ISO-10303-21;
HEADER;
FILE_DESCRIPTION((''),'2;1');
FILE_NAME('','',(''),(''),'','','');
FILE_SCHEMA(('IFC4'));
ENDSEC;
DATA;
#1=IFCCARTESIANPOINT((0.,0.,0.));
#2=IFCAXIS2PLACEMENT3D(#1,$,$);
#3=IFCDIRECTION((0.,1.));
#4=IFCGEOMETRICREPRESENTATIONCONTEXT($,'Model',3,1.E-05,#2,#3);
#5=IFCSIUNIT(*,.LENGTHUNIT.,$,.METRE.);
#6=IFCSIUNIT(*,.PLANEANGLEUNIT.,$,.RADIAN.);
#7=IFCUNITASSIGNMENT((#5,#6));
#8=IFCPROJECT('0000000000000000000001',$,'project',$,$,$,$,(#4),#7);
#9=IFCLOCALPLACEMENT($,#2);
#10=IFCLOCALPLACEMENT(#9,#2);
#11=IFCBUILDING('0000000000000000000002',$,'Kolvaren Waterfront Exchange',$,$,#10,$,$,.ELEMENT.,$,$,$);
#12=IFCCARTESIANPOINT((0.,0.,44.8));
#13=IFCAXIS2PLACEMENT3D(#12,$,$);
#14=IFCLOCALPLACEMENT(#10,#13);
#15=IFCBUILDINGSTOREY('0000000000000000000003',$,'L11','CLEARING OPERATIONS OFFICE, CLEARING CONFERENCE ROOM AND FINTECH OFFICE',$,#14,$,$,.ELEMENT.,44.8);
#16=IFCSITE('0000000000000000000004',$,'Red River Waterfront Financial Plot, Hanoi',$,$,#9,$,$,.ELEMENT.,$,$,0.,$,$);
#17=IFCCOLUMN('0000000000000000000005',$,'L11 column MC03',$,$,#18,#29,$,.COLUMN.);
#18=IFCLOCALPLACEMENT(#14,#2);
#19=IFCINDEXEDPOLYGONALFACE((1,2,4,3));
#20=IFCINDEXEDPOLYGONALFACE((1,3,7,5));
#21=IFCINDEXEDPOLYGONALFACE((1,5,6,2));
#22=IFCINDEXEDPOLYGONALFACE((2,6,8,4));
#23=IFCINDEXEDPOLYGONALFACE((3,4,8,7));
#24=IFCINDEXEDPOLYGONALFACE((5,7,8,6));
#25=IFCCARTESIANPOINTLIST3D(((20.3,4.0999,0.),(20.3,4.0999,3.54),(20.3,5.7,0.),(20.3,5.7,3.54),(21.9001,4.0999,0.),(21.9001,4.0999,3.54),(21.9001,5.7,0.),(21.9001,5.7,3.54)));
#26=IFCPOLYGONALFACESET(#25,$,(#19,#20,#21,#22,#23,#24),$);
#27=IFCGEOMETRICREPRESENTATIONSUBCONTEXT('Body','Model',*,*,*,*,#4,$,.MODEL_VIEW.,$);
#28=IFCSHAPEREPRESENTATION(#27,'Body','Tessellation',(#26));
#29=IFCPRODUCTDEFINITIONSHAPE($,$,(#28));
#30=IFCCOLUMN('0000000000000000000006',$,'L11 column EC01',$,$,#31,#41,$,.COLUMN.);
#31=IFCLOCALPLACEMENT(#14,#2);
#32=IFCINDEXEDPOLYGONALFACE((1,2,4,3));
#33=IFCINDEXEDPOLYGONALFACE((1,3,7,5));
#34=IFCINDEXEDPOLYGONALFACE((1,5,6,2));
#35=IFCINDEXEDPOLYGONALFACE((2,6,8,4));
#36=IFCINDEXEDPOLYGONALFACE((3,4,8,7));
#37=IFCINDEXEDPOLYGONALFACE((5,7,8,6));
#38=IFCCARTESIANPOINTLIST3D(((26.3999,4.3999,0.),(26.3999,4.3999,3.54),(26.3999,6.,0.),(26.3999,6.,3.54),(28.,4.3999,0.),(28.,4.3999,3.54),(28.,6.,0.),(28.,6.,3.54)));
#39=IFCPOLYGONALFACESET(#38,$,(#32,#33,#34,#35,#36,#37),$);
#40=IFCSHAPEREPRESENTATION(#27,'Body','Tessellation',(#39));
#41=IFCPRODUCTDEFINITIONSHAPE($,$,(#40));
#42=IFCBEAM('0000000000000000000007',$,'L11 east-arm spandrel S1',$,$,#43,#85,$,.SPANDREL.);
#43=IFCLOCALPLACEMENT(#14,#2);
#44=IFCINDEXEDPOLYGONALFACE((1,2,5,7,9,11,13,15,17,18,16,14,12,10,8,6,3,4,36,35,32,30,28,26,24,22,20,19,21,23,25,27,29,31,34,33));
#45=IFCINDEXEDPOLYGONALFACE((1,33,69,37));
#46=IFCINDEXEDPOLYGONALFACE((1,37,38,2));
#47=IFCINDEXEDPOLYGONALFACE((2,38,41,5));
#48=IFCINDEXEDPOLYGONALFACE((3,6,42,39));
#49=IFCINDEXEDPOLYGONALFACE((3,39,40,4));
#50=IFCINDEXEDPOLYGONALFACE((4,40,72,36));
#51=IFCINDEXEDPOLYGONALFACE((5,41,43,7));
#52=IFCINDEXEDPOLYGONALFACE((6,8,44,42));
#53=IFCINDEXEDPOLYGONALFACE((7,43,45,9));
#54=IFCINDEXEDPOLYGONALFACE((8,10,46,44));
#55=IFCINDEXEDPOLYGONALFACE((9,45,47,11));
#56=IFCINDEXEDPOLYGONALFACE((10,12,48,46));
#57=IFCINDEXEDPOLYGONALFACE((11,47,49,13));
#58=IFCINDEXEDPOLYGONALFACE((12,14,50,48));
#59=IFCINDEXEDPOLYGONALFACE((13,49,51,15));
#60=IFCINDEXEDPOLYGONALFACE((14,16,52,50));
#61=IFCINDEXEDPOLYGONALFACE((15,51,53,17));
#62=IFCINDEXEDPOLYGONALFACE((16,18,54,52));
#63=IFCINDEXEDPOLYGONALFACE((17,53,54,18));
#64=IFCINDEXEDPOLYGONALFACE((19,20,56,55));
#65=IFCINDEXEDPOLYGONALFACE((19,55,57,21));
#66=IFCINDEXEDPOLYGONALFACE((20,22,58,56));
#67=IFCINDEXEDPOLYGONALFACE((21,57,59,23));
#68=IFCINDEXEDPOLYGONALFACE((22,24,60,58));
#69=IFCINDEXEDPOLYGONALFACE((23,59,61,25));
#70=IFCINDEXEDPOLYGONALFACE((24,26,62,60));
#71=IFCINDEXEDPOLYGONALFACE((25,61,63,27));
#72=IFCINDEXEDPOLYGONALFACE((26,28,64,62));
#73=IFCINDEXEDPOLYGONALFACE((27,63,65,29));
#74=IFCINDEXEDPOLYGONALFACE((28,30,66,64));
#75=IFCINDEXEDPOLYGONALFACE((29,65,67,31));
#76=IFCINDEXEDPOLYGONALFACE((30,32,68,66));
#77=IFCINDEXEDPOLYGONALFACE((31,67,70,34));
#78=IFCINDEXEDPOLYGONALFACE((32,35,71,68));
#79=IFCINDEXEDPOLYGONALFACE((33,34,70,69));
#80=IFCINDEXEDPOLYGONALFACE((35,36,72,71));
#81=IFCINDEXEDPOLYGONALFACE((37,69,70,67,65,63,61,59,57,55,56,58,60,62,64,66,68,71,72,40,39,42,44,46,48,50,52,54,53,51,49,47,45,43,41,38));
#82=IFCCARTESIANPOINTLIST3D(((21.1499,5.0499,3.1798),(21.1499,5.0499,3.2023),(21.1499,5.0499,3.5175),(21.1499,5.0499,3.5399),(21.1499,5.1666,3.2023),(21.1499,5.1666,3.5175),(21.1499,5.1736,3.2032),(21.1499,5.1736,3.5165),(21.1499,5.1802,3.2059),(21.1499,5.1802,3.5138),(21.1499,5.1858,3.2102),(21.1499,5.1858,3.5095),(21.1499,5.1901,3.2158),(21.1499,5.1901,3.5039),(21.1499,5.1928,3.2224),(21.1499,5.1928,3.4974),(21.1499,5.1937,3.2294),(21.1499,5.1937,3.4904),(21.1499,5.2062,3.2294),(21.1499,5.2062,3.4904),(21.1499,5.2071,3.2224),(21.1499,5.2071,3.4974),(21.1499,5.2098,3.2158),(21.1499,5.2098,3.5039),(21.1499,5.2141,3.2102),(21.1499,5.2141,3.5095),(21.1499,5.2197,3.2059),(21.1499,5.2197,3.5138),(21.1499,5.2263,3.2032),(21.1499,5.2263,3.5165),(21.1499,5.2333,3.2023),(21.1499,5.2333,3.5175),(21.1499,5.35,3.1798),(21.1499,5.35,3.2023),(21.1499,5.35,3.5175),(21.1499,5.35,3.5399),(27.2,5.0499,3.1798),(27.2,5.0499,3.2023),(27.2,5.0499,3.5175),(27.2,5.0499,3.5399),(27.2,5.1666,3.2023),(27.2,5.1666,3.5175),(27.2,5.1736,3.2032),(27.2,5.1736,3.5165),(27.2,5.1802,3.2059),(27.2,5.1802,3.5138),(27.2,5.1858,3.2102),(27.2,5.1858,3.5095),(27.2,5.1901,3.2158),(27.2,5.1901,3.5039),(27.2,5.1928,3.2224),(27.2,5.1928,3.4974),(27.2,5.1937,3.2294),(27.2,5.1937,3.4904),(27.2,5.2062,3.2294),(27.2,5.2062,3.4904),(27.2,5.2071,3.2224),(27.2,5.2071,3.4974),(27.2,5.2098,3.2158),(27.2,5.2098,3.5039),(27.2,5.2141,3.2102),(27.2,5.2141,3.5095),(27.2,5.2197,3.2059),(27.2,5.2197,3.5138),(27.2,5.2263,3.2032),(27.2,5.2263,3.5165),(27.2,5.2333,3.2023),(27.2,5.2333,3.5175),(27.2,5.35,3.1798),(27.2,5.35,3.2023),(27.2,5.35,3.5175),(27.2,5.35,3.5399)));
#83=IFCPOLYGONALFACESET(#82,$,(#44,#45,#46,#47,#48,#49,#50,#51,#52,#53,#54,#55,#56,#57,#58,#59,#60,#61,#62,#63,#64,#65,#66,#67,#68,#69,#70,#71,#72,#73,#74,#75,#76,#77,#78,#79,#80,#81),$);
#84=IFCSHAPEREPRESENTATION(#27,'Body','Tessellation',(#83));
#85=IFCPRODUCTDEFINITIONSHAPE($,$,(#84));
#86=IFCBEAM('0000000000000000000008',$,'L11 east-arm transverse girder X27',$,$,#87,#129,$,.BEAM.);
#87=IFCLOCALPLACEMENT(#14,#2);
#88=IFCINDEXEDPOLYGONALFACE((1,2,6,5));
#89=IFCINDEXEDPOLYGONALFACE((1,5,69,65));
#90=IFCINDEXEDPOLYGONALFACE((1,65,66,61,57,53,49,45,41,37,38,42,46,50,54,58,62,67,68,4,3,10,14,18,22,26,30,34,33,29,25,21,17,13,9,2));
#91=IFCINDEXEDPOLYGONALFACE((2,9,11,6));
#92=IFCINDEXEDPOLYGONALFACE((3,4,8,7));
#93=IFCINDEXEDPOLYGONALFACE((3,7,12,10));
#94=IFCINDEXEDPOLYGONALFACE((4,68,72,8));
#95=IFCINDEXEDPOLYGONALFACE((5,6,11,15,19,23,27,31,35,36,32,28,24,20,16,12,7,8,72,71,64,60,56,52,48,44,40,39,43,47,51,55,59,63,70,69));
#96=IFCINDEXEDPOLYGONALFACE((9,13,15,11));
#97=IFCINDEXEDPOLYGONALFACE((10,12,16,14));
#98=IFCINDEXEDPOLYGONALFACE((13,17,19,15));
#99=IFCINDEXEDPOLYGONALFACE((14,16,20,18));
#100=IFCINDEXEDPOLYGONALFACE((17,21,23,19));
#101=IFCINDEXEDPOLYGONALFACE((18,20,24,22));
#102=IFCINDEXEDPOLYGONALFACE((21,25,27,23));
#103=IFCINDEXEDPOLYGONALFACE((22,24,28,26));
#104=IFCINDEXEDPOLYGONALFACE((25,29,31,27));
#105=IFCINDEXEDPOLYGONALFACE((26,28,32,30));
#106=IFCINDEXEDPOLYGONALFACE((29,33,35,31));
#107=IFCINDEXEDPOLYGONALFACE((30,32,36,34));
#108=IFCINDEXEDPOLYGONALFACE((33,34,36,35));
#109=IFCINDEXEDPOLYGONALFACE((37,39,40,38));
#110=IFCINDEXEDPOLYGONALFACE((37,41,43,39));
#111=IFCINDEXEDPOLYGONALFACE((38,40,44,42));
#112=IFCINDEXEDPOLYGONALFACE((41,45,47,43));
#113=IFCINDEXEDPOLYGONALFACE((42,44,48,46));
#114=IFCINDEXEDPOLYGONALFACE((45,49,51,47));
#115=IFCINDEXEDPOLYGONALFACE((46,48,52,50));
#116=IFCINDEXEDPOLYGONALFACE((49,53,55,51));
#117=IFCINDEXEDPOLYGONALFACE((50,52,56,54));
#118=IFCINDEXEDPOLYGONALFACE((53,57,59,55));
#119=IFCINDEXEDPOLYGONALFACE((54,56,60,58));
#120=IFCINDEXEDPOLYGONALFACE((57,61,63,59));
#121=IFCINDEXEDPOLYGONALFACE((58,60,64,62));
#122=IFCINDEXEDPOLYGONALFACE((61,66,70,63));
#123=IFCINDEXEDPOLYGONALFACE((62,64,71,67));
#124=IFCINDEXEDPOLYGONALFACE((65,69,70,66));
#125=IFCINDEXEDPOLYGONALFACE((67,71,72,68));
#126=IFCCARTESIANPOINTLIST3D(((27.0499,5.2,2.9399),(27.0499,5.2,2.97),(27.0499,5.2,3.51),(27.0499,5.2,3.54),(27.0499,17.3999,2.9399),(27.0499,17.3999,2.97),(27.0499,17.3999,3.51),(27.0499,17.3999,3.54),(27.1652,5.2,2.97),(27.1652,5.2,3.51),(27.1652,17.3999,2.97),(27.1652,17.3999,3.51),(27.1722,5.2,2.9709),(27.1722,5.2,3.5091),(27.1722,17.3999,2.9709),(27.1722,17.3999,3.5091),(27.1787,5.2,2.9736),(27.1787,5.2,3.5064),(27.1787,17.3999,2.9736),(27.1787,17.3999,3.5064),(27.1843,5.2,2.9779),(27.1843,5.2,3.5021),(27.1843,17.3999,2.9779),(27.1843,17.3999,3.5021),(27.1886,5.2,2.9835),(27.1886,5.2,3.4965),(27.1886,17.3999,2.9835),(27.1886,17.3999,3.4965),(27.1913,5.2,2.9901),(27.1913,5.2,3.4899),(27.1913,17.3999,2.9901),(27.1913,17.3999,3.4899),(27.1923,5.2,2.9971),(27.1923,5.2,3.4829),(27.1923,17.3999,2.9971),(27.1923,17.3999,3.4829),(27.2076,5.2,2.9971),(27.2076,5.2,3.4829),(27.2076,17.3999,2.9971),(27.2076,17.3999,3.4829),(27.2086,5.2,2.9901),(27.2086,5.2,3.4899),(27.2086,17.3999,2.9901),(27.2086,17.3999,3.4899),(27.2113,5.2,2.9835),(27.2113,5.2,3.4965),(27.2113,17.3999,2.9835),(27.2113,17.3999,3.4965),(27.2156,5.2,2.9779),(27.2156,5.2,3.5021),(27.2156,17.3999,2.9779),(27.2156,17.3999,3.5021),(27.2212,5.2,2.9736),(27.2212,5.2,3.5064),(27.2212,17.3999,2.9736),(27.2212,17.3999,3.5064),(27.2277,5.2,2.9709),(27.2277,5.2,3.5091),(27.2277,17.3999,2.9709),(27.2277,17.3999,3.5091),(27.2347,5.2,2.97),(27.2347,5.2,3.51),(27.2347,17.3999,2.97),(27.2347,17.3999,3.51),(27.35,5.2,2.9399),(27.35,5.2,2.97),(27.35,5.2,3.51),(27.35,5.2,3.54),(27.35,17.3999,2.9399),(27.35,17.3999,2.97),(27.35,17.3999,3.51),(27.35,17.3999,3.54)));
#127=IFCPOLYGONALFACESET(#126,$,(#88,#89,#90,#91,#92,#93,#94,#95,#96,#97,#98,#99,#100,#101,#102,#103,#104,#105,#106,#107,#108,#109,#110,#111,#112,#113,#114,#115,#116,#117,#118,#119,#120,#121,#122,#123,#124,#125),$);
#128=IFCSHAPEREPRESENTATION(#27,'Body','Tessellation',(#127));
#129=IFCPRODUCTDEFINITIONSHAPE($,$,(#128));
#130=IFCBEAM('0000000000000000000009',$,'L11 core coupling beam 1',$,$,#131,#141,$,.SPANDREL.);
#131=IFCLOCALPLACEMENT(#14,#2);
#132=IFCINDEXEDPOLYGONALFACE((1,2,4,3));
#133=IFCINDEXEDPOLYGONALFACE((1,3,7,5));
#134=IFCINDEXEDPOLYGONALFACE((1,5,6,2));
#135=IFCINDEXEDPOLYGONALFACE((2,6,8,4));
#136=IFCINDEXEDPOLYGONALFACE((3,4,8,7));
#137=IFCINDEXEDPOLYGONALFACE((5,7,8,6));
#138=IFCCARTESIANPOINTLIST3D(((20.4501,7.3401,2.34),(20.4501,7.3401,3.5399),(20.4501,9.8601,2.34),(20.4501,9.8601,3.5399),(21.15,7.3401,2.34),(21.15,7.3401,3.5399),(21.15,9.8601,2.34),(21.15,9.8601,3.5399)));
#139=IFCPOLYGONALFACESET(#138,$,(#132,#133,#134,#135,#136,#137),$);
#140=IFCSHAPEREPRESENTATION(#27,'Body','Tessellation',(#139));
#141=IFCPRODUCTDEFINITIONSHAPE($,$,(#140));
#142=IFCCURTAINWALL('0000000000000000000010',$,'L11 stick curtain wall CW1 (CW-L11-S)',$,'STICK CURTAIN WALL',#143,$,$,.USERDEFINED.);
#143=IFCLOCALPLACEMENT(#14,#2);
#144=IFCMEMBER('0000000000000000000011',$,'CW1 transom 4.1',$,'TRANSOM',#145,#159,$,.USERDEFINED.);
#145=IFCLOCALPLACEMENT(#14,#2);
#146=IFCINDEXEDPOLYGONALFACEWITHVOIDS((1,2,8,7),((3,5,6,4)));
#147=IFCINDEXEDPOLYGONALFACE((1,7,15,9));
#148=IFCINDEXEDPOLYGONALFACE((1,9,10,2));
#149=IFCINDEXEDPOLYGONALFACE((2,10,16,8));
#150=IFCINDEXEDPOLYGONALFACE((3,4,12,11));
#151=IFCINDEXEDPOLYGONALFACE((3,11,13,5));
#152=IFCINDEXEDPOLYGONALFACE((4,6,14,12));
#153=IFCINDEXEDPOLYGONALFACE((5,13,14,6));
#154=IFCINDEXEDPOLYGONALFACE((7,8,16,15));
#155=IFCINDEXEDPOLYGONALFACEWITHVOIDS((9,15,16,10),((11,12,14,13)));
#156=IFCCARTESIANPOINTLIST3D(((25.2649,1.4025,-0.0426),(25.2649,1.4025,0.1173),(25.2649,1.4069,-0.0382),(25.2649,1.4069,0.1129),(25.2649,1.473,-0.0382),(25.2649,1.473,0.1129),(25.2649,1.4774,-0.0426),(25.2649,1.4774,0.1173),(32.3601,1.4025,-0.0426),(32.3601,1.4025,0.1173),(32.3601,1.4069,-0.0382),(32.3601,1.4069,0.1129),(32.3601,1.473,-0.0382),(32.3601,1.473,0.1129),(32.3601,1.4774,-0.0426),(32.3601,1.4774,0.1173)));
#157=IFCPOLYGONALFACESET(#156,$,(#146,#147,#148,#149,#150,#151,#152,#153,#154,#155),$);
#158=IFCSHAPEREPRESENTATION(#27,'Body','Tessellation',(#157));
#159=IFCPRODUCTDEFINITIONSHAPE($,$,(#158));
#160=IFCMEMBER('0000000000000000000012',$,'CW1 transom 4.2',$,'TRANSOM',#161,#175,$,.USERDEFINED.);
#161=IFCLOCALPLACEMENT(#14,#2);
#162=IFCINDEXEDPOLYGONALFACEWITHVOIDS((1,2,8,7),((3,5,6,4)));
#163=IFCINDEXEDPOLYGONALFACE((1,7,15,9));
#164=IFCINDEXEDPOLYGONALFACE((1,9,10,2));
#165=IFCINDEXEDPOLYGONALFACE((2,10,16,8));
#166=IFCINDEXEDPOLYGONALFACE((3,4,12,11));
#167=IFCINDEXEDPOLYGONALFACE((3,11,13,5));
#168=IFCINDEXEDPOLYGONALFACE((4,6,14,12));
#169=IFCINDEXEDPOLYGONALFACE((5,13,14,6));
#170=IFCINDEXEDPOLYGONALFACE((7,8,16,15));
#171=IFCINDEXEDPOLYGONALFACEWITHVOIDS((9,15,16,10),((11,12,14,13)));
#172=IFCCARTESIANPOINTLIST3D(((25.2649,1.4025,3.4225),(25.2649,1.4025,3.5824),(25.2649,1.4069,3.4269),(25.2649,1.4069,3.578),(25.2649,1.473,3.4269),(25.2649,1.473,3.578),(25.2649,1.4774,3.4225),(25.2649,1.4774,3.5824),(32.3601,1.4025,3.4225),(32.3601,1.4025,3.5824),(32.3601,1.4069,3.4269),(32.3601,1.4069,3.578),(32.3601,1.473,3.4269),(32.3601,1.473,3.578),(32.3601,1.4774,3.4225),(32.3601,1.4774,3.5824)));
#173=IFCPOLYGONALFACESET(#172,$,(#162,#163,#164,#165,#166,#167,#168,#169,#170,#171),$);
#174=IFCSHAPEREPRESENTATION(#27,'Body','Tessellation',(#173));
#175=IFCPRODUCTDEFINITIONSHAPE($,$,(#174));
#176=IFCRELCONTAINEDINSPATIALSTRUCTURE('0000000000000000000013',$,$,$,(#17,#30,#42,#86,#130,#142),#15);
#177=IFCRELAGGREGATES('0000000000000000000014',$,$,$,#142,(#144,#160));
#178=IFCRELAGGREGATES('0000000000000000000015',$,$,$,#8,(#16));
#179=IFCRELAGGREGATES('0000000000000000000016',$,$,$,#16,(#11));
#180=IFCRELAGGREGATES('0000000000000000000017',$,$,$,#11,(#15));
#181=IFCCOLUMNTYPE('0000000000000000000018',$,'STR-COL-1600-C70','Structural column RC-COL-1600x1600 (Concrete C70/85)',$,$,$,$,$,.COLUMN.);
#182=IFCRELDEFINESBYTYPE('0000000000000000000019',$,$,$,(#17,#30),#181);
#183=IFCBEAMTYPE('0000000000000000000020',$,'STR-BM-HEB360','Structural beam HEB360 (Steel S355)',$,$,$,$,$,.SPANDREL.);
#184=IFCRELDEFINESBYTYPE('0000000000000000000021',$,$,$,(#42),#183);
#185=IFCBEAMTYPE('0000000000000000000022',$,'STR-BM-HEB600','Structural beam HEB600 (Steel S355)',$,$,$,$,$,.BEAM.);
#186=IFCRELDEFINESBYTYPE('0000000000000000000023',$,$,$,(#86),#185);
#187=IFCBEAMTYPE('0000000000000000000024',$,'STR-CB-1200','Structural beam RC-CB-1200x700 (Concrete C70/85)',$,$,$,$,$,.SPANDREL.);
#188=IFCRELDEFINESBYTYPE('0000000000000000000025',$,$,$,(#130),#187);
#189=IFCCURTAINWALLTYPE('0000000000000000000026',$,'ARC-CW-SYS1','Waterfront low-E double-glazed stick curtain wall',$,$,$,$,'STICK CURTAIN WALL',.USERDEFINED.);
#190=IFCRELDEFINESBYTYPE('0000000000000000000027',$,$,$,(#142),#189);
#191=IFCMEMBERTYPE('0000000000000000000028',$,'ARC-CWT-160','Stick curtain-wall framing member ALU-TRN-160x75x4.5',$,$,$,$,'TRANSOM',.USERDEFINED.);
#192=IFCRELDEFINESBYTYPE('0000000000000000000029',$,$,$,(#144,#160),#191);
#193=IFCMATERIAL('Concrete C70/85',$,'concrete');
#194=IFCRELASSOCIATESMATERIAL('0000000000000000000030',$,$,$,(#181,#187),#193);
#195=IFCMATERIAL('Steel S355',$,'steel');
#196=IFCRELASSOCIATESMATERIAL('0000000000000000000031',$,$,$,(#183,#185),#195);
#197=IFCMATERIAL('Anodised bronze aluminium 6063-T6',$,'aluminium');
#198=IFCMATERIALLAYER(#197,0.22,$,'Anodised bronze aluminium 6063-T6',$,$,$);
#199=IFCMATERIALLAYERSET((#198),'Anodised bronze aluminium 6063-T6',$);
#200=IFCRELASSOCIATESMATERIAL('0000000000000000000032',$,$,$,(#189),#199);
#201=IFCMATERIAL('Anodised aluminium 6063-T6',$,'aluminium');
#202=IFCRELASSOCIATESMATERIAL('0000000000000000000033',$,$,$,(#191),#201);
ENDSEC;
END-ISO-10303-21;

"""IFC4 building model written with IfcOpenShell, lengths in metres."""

from ifc_helpers import new_model, si_unit, direction, frame, origin, origin_with_axes, origin_2d, place, context, subcontext, project, spatial, rectangle, hollow_rectangle, i_section, extrude, source, transform, mapped, material, layer, layer_set, material_profile, profile_set, type_object, element, aggregate, save


model = new_model("IFC4")

# Units and contexts
model_context = context("Model", 3, precision=1e-05, world=origin(), true_north=direction((0.0, 1.0)))
body_context = subcontext(model_context, "Body", "Model", "MODEL_VIEW")
ifc_project = project(units=[si_unit("LENGTHUNIT", "METRE"), si_unit("PLANEANGLEUNIT", "RADIAN")], contexts=[model_context])

# Site, building, storey
site_placement = place(None, origin())
site = spatial("IfcSite", under=ifc_project, at=site_placement, Name="Red River Waterfront Financial Plot, Hanoi", CompositionType="ELEMENT", RefElevation=0.0)
building_placement = place(site_placement, origin())
building = spatial("IfcBuilding", under=site, at=building_placement, Name="Kolvaren Waterfront Exchange", CompositionType="ELEMENT")
storey_placement = place(building_placement, frame((0.0, 0.0, 44.8)))
storey = spatial("IfcBuildingStorey", under=building, at=storey_placement, Name="L11", Description="CLEARING OPERATIONS OFFICE, CLEARING CONFERENCE ROOM AND FINTECH OFFICE", CompositionType="ELEMENT", Elevation=44.8)

# Columns
ifc_material_1 = material(Name="Concrete C70/85", Category="concrete")
ifc_material_profile_1 = material_profile(ifc_material_1, rectangle(XDim=1.6001, YDim=1.6001, at=origin_2d()), Name="RC-COL-1600x1600")
ifc_profile_set_1 = profile_set([ifc_material_profile_1], Name="Concrete C70/85")
column_type = type_object("IfcColumnType", Name="STR-COL-1600-C70", Description="Structural column RC-COL-1600x1600 (Concrete C70/85)", PredefinedType="COLUMN", material=ifc_profile_set_1)
for number, where, z_axis, x_axis, name in (
    (1, (21.1001, 4.8999, 0.0), (0.0, 0.0, 1.0), (1.0, 0.0, 0.0), "L11 column MC03"),
    (2, (27.2, 5.2, 0.0), (0.0, 0.0, 1.0), (1.0, 0.0, 0.0), "L11 column EC01"),
):
    element("IfcColumn", number, at=place(storey_placement, frame(where, z_axis=z_axis, x_axis=x_axis)), inside=storey, type_object=column_type, Name=name, PredefinedType="COLUMN", context=body_context, shape_type="SweptSolid", body=[
        extrude(rectangle(XDim=1.6001, YDim=1.6001, at=origin_2d()), origin(), (0.0, 0.0, 1.0), 3.54),
    ])

# Beams
ifc_material_2 = material(Name="Steel S355", Category="steel")
ifc_material_profile_2 = material_profile(ifc_material_2, i_section(OverallWidth=0.3, OverallDepth=0.3601, WebThickness=0.0125, FlangeThickness=0.0225, FilletRadius=0.0271, at=origin_2d()), Name="HEB360")
ifc_profile_set_2 = profile_set([ifc_material_profile_2], Name="Steel S355")
beam_type_1 = type_object("IfcBeamType", Name="STR-BM-HEB360", Description="Structural beam HEB360 (Steel S355)", PredefinedType="SPANDREL", material=ifc_profile_set_2)
beam_1_placement = place(storey_placement, frame((21.1499, 5.2, 3.3599), z_axis=(1.0, 0.0, 0.0), x_axis=(0.0, 1.0, 0.0)))
element("IfcBeam", 3, at=beam_1_placement, inside=storey, type_object=beam_type_1, Name="L11 east-arm spandrel S1", PredefinedType="SPANDREL", context=body_context, shape_type="SweptSolid", body=[
    extrude(i_section(OverallWidth=0.3, OverallDepth=0.3601, WebThickness=0.0125, FlangeThickness=0.0225, FilletRadius=0.0271, at=origin_2d()), origin(), (0.0, 0.0, 1.0), 6.05),
])
ifc_material_profile_3 = material_profile(ifc_material_2, i_section(OverallWidth=0.3, OverallDepth=0.6001, WebThickness=0.0154, FlangeThickness=0.03, FilletRadius=0.0271, at=origin_2d()), Name="HEB600")
ifc_profile_set_3 = profile_set([ifc_material_profile_3], Name="Steel S355")
beam_type_2 = type_object("IfcBeamType", Name="STR-BM-HEB600", Description="Structural beam HEB600 (Steel S355)", PredefinedType="BEAM", material=ifc_profile_set_3)
beam_2_placement = place(storey_placement, frame((27.2, 5.2, 3.24), z_axis=(0.0, 1.0, 0.0), x_axis=(-1.0, 0.0, 0.0)))
element("IfcBeam", 4, at=beam_2_placement, inside=storey, type_object=beam_type_2, Name="L11 east-arm transverse girder X27", PredefinedType="BEAM", context=body_context, shape_type="SweptSolid", body=[
    extrude(i_section(OverallWidth=0.3, OverallDepth=0.6001, WebThickness=0.0154, FlangeThickness=0.03, FilletRadius=0.0271, at=origin_2d()), origin(), (0.0, 0.0, 1.0), 12.2),
])
ifc_material_profile_4 = material_profile(ifc_material_1, rectangle(XDim=0.7, YDim=1.2, at=origin_2d()), Name="RC-CB-1200x700")
ifc_profile_set_4 = profile_set([ifc_material_profile_4], Name="Concrete C70/85")
beam_type_3 = type_object("IfcBeamType", Name="STR-CB-1200", Description="Structural beam RC-CB-1200x700 (Concrete C70/85)", PredefinedType="SPANDREL", material=ifc_profile_set_4)
beam_3_placement = place(storey_placement, frame((20.8, 7.3401, 2.9399), z_axis=(0.0, 1.0, 0.0), x_axis=(-1.0, 0.0, 0.0)))
element("IfcBeam", 5, at=beam_3_placement, inside=storey, type_object=beam_type_3, Name="L11 core coupling beam 1", PredefinedType="SPANDREL", context=body_context, shape_type="SweptSolid", body=[
    extrude(rectangle(XDim=0.7, YDim=1.2, at=origin_2d()), origin(), (0.0, 0.0, 1.0), 2.52),
])

# Curtain wall, members
ifc_material_3 = material(Name="Anodised bronze aluminium 6063-T6", Category="aluminium")
ifc_layer_1 = layer(ifc_material_3, 0.22, Name="Anodised bronze aluminium 6063-T6")
ifc_layer_set_1 = layer_set([ifc_layer_1], Name="Anodised bronze aluminium 6063-T6")
curtain_wall_type = type_object("IfcCurtainWallType", Name="ARC-CW-SYS1", Description="Waterfront low-E double-glazed stick curtain wall", ElementType="STICK CURTAIN WALL", PredefinedType="USERDEFINED", material=ifc_layer_set_1)
curtain_wall_placement = place(storey_placement, origin())
curtain_wall = element("IfcCurtainWall", 6, at=curtain_wall_placement, inside=storey, type_object=curtain_wall_type, Name="L11 stick curtain wall CW1 (CW-L11-S)", ObjectType="STICK CURTAIN WALL", PredefinedType="USERDEFINED")
ifc_material_4 = material(Name="Anodised aluminium 6063-T6", Category="aluminium")
ifc_material_profile_5 = material_profile(ifc_material_4, hollow_rectangle(XDim=0.075, YDim=0.1599, WallThickness=0.0044, at=origin_2d()), Name="ALU-TRN-160x75x4.5")
ifc_profile_set_5 = profile_set([ifc_material_profile_5], Name="Anodised aluminium 6063-T6")
member_type_1 = type_object("IfcMemberType", Name="ARC-CWT-160", Description="Stick curtain-wall framing member ALU-TRN-160x75x4.5", ElementType="TRANSOM", PredefinedType="USERDEFINED", material=ifc_profile_set_5)
shared_shape_1 = source(origin_with_axes(), body_context, "Body", "SweptSolid", [
    extrude(hollow_rectangle(XDim=0.075, YDim=0.1599, WallThickness=0.0044, at=origin_2d()), origin(), (0.0, 0.0, 1.0), 7.0952),
])
member_1_placement = place(storey_placement, frame((25.2649, 1.4399, 0.0374), z_axis=(1.0, 0.0, 0.0), x_axis=(0.0, 1.0, 0.0)))
member_1 = element("IfcMember", 7, at=member_1_placement, type_object=member_type_1, Name="CW1 transom 4.1", ObjectType="TRANSOM", PredefinedType="USERDEFINED", context=body_context, shape_type="MappedRepresentation", body=[
    mapped(shared_shape_1, transform((0.0, 0.0, 0.0), x_axis=(1.0, 0.0, 0.0), y_axis=(0.0, 1.0, 0.0), z_axis=(0.0, 0.0, 1.0), scale=1.0)),
])
member_2_placement = place(storey_placement, frame((25.2649, 1.4399, 3.5024), z_axis=(1.0, 0.0, 0.0), x_axis=(0.0, 1.0, 0.0)))
member_2 = element("IfcMember", 8, at=member_2_placement, type_object=member_type_1, Name="CW1 transom 4.2", ObjectType="TRANSOM", PredefinedType="USERDEFINED", context=body_context, shape_type="MappedRepresentation", body=[
    mapped(shared_shape_1, transform((0.0, 0.0, 0.0), x_axis=(1.0, 0.0, 0.0), y_axis=(0.0, 1.0, 0.0), z_axis=(0.0, 0.0, 1.0), scale=1.0)),
])
aggregate(curtain_wall, [member_1, member_2])

save(model, "model.ifc")
